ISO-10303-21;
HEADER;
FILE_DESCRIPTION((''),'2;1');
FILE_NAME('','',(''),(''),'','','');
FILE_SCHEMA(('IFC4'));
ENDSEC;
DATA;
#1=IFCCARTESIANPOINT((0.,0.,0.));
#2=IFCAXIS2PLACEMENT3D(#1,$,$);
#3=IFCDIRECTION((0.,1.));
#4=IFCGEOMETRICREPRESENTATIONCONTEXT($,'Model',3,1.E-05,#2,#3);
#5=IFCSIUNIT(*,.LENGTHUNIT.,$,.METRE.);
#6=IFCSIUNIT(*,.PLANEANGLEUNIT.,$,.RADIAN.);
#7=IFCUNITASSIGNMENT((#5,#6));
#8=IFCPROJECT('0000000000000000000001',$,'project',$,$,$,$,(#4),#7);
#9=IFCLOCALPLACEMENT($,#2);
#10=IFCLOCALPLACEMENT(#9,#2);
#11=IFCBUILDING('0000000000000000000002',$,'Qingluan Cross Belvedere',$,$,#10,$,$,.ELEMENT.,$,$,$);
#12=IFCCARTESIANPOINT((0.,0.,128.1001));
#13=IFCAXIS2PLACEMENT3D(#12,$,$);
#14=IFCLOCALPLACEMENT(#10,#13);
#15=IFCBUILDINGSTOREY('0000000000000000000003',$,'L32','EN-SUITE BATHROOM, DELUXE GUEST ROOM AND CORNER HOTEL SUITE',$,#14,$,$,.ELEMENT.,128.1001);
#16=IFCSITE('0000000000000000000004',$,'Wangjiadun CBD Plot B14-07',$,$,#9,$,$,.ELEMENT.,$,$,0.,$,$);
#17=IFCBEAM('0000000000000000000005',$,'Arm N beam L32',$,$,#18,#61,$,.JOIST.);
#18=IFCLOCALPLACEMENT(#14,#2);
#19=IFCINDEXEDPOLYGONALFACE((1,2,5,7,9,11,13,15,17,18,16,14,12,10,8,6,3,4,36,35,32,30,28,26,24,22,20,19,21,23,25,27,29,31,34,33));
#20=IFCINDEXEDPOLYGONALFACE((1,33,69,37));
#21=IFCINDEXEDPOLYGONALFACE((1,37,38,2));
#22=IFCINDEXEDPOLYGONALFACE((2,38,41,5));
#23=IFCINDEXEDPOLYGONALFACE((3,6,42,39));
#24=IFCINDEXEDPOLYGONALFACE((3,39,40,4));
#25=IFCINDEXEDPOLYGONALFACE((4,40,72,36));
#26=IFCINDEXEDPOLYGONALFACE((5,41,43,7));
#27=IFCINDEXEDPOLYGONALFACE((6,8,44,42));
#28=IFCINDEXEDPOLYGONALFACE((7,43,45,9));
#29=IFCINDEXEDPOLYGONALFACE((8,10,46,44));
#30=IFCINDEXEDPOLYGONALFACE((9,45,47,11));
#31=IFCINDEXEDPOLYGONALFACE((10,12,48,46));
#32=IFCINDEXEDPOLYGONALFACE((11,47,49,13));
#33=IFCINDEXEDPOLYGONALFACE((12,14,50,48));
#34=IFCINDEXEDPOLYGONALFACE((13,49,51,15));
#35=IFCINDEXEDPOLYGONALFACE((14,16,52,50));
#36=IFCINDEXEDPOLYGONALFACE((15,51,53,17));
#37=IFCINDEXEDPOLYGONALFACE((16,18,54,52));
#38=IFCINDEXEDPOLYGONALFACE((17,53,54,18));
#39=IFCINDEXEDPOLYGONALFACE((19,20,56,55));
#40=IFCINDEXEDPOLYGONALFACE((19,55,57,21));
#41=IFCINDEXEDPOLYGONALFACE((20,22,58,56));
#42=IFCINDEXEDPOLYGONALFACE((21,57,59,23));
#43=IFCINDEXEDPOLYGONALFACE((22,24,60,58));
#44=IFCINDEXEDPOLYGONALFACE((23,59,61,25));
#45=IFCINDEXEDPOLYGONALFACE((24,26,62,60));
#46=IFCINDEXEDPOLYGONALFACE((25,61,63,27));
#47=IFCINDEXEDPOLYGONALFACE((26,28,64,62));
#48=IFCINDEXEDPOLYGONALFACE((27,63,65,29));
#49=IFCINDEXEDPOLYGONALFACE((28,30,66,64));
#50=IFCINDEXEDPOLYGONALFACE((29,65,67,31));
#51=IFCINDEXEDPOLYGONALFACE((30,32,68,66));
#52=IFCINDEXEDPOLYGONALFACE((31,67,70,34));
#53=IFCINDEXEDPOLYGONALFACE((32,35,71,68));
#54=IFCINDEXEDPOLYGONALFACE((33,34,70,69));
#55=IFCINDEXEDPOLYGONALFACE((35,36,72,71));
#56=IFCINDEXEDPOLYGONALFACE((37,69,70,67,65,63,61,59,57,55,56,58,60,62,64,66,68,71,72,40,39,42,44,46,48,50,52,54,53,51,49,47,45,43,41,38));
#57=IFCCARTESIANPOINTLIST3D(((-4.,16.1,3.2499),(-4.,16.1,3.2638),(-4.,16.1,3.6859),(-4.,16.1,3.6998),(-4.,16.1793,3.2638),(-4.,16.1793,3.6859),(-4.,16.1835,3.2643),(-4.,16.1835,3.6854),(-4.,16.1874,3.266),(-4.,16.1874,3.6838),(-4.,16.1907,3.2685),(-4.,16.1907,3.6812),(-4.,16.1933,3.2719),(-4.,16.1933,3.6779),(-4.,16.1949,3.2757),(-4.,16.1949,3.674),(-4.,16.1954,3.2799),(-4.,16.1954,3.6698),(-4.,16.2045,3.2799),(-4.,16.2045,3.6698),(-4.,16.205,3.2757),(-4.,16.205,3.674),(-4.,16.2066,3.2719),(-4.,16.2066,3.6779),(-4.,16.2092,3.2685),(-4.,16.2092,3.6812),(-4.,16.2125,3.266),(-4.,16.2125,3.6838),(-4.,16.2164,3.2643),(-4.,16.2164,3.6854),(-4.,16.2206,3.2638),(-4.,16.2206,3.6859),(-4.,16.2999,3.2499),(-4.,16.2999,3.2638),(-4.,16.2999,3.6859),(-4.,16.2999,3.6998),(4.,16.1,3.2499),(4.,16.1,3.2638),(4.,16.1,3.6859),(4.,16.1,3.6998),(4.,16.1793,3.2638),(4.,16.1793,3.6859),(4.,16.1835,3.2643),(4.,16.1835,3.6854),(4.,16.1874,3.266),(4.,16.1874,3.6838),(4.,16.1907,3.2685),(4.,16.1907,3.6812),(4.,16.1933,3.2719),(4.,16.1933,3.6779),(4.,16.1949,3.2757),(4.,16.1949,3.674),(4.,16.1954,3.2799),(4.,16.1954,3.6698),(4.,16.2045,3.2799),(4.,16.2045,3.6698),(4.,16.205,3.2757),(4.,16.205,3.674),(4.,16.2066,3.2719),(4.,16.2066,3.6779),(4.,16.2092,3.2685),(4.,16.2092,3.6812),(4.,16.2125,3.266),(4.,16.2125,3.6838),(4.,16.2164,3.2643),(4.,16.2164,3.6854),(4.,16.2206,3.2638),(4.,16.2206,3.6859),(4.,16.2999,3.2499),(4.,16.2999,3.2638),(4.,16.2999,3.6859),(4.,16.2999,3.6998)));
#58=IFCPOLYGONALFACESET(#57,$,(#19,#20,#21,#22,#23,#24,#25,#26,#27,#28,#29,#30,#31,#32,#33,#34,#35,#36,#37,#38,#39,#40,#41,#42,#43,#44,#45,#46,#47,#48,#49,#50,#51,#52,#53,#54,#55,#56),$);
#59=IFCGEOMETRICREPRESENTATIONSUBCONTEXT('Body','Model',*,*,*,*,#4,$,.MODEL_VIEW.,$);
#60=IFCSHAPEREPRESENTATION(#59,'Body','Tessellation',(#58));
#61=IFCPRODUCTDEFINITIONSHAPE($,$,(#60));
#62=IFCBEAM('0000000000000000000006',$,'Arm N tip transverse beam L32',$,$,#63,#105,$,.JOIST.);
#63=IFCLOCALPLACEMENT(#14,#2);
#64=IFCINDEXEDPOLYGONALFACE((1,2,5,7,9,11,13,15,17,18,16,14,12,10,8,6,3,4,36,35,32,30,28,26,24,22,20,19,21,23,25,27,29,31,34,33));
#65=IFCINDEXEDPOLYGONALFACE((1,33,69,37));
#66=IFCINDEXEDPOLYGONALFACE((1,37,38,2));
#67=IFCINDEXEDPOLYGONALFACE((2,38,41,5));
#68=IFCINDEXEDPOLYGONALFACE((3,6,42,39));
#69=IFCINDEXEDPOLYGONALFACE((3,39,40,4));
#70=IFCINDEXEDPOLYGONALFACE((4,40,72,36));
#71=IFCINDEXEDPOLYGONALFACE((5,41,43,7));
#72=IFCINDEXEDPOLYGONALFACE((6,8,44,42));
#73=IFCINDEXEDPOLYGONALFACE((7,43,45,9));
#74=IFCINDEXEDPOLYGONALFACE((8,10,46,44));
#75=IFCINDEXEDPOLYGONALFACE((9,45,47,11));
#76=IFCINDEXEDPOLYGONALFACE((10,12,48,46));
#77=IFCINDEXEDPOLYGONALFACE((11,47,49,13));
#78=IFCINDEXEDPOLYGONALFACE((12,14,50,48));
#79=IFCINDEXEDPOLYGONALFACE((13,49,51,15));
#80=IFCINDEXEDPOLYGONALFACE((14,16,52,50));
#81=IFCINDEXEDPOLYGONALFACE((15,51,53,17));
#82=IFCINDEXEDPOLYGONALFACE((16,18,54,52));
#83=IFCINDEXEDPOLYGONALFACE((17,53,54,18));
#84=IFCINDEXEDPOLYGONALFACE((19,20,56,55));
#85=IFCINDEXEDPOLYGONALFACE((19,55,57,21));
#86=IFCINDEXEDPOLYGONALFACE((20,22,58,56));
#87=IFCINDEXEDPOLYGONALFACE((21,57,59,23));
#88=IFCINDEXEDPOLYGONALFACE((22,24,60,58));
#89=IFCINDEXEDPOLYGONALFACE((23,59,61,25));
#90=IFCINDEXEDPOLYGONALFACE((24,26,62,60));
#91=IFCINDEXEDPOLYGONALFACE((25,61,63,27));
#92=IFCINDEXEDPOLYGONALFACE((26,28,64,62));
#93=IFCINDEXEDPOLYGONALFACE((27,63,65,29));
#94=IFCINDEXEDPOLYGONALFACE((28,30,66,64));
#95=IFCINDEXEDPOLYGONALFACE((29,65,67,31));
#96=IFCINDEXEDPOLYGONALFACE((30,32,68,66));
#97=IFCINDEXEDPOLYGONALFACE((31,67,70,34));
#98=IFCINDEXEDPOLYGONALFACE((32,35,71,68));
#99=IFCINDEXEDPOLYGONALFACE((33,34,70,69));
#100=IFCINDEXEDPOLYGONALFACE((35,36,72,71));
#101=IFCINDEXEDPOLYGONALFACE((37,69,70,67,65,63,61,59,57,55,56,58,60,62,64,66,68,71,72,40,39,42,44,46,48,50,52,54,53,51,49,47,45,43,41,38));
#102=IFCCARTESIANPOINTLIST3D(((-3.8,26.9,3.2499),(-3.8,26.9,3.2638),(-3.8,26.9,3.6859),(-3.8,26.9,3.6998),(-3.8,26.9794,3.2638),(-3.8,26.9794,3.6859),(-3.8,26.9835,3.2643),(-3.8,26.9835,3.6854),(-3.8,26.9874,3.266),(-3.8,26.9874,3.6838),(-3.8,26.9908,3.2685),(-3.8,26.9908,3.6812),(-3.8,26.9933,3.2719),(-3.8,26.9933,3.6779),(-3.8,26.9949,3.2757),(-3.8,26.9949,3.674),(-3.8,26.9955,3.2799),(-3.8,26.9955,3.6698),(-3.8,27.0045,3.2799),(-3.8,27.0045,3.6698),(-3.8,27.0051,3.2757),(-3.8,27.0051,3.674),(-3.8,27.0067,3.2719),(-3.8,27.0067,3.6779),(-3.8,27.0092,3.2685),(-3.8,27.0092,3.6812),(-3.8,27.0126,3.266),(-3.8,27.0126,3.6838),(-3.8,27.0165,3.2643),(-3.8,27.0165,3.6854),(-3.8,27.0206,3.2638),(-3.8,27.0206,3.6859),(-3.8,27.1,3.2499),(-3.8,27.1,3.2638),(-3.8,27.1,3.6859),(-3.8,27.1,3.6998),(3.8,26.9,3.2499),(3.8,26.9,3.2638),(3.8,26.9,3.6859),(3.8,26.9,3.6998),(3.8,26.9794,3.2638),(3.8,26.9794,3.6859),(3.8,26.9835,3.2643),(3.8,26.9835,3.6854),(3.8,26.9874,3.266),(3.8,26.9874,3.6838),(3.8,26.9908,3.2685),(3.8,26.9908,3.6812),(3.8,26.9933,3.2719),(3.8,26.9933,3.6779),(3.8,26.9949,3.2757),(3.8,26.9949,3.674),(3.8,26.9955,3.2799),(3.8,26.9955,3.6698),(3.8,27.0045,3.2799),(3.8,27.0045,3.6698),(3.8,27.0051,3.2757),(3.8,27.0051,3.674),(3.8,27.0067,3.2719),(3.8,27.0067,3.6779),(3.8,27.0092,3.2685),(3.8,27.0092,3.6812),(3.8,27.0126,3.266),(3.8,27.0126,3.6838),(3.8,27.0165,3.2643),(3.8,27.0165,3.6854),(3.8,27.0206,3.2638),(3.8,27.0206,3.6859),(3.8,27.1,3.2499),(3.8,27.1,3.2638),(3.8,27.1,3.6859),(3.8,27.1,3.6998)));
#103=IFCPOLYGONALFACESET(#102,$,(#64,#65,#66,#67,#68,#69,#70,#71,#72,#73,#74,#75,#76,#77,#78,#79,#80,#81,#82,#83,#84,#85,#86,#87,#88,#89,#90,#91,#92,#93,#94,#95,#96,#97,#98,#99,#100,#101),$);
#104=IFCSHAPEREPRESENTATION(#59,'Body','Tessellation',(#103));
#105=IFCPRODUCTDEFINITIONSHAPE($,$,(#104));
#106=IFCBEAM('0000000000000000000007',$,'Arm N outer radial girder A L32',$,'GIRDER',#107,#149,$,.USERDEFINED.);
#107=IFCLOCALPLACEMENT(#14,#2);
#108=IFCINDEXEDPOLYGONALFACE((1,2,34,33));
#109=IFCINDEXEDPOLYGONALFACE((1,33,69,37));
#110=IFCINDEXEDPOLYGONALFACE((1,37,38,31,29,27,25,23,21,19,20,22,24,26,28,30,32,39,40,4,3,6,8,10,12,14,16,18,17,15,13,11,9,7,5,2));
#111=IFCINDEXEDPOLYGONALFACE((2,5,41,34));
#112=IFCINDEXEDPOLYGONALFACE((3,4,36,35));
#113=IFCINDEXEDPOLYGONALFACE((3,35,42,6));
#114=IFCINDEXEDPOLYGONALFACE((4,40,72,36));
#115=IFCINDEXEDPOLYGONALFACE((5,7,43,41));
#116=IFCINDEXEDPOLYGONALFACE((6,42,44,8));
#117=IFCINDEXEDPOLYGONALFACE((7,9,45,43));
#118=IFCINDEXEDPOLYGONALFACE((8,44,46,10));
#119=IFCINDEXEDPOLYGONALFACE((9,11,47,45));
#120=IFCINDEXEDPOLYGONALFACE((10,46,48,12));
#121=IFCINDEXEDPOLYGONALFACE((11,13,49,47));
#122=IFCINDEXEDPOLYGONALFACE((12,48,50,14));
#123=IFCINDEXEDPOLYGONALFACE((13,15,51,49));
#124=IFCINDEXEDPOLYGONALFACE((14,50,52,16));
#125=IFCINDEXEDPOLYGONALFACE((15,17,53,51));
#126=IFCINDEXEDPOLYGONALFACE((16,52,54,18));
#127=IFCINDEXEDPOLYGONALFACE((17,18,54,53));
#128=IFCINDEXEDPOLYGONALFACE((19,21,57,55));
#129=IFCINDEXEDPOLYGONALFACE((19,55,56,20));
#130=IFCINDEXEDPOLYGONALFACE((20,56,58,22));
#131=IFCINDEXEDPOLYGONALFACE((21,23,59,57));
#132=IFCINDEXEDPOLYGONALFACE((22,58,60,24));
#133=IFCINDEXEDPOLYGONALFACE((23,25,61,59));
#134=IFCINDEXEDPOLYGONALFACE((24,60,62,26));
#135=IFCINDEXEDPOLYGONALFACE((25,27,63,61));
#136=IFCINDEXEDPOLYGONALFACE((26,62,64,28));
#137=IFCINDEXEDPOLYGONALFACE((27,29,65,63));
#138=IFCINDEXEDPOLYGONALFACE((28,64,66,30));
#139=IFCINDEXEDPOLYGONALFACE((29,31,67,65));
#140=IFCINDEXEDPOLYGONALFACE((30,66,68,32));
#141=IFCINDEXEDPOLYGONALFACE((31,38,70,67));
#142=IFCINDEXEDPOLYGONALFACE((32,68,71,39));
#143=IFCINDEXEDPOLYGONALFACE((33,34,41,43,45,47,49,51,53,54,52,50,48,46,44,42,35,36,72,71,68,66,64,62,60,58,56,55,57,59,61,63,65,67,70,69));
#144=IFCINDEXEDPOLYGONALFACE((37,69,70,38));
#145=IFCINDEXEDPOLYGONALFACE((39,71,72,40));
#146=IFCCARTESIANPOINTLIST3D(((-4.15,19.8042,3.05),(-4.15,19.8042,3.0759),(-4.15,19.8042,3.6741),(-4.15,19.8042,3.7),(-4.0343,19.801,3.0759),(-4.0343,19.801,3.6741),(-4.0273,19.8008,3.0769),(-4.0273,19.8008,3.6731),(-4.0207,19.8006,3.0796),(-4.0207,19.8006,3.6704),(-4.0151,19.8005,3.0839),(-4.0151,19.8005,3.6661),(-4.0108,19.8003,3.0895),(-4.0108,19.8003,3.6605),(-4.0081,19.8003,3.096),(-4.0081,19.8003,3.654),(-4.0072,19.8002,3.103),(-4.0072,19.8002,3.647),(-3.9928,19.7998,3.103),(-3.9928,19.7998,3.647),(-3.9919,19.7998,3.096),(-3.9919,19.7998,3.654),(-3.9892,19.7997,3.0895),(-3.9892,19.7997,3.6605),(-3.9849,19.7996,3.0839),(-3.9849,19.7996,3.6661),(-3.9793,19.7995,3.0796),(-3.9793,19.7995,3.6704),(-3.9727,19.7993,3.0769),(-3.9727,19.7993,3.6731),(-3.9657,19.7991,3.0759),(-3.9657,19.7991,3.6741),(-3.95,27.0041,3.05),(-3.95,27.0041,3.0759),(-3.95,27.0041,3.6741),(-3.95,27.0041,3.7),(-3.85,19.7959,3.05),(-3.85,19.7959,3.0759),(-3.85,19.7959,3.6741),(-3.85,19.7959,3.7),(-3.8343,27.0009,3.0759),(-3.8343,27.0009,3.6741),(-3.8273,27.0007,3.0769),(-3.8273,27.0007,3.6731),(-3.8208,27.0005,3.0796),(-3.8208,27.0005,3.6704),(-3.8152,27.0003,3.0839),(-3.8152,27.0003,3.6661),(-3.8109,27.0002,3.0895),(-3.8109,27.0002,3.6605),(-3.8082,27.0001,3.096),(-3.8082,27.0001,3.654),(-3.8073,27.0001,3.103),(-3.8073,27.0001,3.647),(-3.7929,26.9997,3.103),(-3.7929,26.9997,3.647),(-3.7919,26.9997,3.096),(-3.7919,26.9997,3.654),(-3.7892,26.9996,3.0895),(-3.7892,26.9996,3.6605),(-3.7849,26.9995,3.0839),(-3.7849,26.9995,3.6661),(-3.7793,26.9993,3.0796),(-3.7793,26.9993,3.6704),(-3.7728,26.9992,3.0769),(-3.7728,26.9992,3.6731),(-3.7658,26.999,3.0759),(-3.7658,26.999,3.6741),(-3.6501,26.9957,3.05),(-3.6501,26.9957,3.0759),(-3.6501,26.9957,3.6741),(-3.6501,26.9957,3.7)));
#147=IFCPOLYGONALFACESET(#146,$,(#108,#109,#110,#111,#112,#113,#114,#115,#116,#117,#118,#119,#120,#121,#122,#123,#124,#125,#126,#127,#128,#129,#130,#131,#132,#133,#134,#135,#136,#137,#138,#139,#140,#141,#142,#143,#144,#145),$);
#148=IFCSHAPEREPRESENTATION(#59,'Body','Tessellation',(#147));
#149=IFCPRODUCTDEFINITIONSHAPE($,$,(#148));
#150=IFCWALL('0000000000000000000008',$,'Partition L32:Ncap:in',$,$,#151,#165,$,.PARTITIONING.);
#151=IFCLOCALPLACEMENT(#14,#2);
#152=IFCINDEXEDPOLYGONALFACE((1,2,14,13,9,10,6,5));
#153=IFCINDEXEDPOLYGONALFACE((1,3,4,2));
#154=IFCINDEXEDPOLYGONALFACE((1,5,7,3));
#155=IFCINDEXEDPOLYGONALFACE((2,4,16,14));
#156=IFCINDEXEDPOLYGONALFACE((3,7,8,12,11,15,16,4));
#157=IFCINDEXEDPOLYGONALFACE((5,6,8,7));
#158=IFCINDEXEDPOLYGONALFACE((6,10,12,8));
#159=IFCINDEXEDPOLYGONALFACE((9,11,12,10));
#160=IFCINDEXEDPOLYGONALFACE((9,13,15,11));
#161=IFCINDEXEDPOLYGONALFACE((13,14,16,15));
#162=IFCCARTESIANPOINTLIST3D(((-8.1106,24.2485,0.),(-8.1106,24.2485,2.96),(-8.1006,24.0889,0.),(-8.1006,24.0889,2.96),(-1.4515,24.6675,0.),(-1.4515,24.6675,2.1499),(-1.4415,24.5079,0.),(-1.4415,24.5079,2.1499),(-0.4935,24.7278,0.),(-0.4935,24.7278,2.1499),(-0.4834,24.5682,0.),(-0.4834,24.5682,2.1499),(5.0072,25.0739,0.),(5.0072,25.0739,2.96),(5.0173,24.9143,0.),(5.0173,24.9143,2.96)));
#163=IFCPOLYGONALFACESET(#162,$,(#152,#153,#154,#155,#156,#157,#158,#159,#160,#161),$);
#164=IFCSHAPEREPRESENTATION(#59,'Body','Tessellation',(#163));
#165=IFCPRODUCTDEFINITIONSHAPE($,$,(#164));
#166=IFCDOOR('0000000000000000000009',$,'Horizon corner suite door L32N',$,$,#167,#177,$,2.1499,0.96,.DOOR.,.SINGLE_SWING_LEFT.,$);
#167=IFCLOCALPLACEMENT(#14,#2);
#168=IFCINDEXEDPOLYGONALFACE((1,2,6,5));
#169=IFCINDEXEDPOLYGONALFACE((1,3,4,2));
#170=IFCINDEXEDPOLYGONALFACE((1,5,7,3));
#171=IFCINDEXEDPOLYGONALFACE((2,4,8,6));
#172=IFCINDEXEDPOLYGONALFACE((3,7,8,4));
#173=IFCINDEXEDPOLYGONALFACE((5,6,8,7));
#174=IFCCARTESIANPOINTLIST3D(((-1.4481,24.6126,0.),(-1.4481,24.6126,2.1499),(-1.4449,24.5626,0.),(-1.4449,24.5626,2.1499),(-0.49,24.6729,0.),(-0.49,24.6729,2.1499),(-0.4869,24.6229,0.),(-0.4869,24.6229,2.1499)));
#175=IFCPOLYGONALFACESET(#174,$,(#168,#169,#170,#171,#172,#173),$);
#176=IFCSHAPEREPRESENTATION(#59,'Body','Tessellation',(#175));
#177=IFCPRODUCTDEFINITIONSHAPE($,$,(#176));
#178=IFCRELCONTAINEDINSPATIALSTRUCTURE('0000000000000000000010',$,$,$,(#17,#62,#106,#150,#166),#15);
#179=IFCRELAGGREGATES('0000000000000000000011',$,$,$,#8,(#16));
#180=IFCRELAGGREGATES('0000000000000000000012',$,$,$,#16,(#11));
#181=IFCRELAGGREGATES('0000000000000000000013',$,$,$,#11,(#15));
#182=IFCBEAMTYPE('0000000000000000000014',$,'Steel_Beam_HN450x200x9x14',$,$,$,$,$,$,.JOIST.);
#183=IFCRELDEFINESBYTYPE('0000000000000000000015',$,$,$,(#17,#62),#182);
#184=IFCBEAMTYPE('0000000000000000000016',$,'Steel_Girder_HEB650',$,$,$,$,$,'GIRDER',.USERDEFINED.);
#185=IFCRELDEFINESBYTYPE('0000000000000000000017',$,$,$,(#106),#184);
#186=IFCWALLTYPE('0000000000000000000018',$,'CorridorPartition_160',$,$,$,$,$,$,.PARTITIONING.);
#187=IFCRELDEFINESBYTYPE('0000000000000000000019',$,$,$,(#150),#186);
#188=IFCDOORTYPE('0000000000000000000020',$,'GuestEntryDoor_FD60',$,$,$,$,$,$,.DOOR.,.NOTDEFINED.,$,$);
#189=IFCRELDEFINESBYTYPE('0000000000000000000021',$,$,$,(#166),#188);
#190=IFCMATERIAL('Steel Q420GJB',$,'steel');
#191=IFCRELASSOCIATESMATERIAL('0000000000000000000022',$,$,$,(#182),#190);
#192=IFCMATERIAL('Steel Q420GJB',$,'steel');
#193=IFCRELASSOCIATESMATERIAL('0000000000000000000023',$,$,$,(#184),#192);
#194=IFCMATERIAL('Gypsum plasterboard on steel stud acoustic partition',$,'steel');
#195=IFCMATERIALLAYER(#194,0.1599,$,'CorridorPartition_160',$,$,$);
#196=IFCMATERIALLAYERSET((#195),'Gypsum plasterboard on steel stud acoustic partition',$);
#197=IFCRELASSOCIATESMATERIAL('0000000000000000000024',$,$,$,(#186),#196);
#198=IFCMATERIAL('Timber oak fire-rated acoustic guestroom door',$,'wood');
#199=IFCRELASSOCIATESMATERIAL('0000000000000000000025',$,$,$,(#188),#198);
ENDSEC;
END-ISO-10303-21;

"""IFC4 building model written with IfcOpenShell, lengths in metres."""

from ifc_helpers import new_model, si_unit, direction, frame, frame_2d, origin, origin_2d, place, context, subcontext, project, spatial, rectangle, i_section, extrude, material, layer, layer_set, material_profile, profile_set, type_object, element, fill, save


model = new_model("IFC4")

# Units and contexts
model_context = context("Model", 3, precision=1e-05, world=origin(), true_north=direction((0.0, 1.0)))
body_context = subcontext(model_context, "Body", "Model", "MODEL_VIEW")
ifc_project = project(units=[si_unit("LENGTHUNIT", "METRE"), si_unit("PLANEANGLEUNIT", "RADIAN")], contexts=[model_context])

# Site, building, storey
site_placement = place(None, origin())
site = spatial("IfcSite", under=ifc_project, at=site_placement, Name="Wangjiadun CBD Plot B14-07", CompositionType="ELEMENT", RefElevation=0.0)
building_placement = place(site_placement, origin())
building = spatial("IfcBuilding", under=site, at=building_placement, Name="Qingluan Cross Belvedere", CompositionType="ELEMENT")
storey_placement = place(building_placement, frame((0.0, 0.0, 128.1001)))
storey = spatial("IfcBuildingStorey", under=building, at=storey_placement, Name="L32", Description="EN-SUITE BATHROOM, DELUXE GUEST ROOM AND CORNER HOTEL SUITE", CompositionType="ELEMENT", Elevation=128.1001)

# Beams
ifc_material_1 = material(Name="Steel Q420GJB", Category="steel")
ifc_material_profile_1 = material_profile(ifc_material_1, i_section(OverallWidth=0.2, OverallDepth=0.45, WebThickness=0.009, FlangeThickness=0.0139, FilletRadius=0.0161, at=origin_2d()), Name="HN450x200x9x14")
ifc_profile_set_1 = profile_set([ifc_material_profile_1], Name="Steel Q420GJB")
beam_type_1 = type_object("IfcBeamType", Name="Steel_Beam_HN450x200x9x14", PredefinedType="JOIST", material=ifc_profile_set_1)
for number, where, z_axis, x_axis, name in (
    (1, (-4.0, 16.2, 3.4749), (1.0, 0.0, 0.0), (0.0, 1.0, 0.0), "Arm N beam L32"),
):
    element("IfcBeam", number, at=place(storey_placement, frame(where, z_axis=z_axis, x_axis=x_axis)), inside=storey, type_object=beam_type_1, Name=name, PredefinedType="JOIST", context=body_context, shape_type="SweptSolid", body=[
        extrude(i_section(OverallWidth=0.2, OverallDepth=0.45, WebThickness=0.009, FlangeThickness=0.0139, FilletRadius=0.0161, at=origin_2d()), origin(), (0.0, 0.0, 1.0), 8.0),
    ])
beam_1_placement = place(storey_placement, frame((-3.8, 27.0, 3.4749), z_axis=(1.0, 0.0, 0.0), x_axis=(0.0, 1.0, 0.0)))
element("IfcBeam", 2, at=beam_1_placement, inside=storey, type_object=beam_type_1, Name="Arm N tip transverse beam L32", PredefinedType="JOIST", context=body_context, shape_type="SweptSolid", body=[
    extrude(i_section(OverallWidth=0.2, OverallDepth=0.45, WebThickness=0.009, FlangeThickness=0.0139, FilletRadius=0.0161, at=origin_2d()), origin(), (0.0, 0.0, 1.0), 7.6001),
])
ifc_material_2 = material(Name="Steel Q420GJB", Category="steel")
ifc_material_profile_2 = material_profile(ifc_material_2, i_section(OverallWidth=0.3, OverallDepth=0.6499, WebThickness=0.0144, FlangeThickness=0.0259, FilletRadius=0.0271, at=origin_2d()), Name="HEB650")
ifc_profile_set_2 = profile_set([ifc_material_profile_2], Name="Steel Q420GJB")
beam_type_2 = type_object("IfcBeamType", Name="Steel_Girder_HEB650", ElementType="GIRDER", PredefinedType="USERDEFINED", material=ifc_profile_set_2)
beam_2_placement = place(storey_placement, frame((-4.0, 19.8, 3.375), z_axis=(0.02776, 0.999615, 0.0), x_axis=(-0.999615, 0.02776, 0.0)))
element("IfcBeam", 3, at=beam_2_placement, inside=storey, type_object=beam_type_2, Name="Arm N outer radial girder A L32", ObjectType="GIRDER", PredefinedType="USERDEFINED", context=body_context, shape_type="SweptSolid", body=[
    extrude(i_section(OverallWidth=0.3, OverallDepth=0.6499, WebThickness=0.0144, FlangeThickness=0.0259, FilletRadius=0.0271, at=origin_2d()), origin(), (0.0, 0.0, 1.0), 7.2026),
])

# Wall, opening, door
ifc_material_3 = material(Name="Gypsum plasterboard on steel stud acoustic partition", Category="steel")
ifc_layer_1 = layer(ifc_material_3, 0.1599, Name="CorridorPartition_160")
ifc_layer_set_1 = layer_set([ifc_layer_1], Name="Gypsum plasterboard on steel stud acoustic partition")
wall_type_1 = type_object("IfcWallType", Name="CorridorPartition_160", PredefinedType="PARTITIONING", material=ifc_layer_set_1)
wall_1_placement = place(storey_placement, frame((-8.1055, 24.1687, 0.0), z_axis=(0.0, 0.0, 1.0), x_axis=(0.998026, 0.0628, 0.0)))
wall_1 = element("IfcWall", 4, at=wall_1_placement, inside=storey, type_object=wall_type_1, Name="Partition L32:Ncap:in", PredefinedType="PARTITIONING", context=body_context, shape_type="SweptSolid", body=[
    extrude(rectangle(XDim=13.1438, YDim=0.1599, at=frame_2d((6.5718, 0.0))), origin(), (0.0, 0.0, 1.0), 2.96),
])
opening_1_placement = place(wall_1_placement, frame((6.6721, 0.0, 0.0)))
opening_1 = element("IfcOpeningElement", 5, at=opening_1_placement, cuts=wall_1, PredefinedType="OPENING", context=body_context, shape_type="SweptSolid", body=[
    extrude(rectangle(XDim=0.96, YDim=2.1499, at=frame_2d((0.48, 1.075))), frame((0.0, 0.0898, 0.0), z_axis=(0.0, -1.0, 0.0), x_axis=(1.0, 0.0, 0.0)), (0.0, 0.0, 1.0), 0.1799),
])
ifc_material_4 = material(Name="Timber oak fire-rated acoustic guestroom door", Category="wood")
door_type_1 = type_object("IfcDoorType", Name="GuestEntryDoor_FD60", OperationType="NOTDEFINED", PredefinedType="DOOR", material=ifc_material_4)
door_1_placement = place(opening_1_placement, origin())
door_1 = element("IfcDoor", 6, at=door_1_placement, inside=storey, type_object=door_type_1, Name="Horizon corner suite door L32N", OperationType="SINGLE_SWING_LEFT", OverallHeight=2.1499, OverallWidth=0.96, PredefinedType="DOOR", context=body_context, shape_type="SweptSolid", body=[
    extrude(rectangle(XDim=0.96, YDim=2.1499, at=frame_2d((0.48, 1.075))), frame((0.0, 0.0249, 0.0), z_axis=(0.0, -1.0, 0.0), x_axis=(1.0, 0.0, 0.0)), (0.0, 0.0, 1.0), 0.05),
])
fill(opening_1, door_1)

save(model, "model.ifc")
